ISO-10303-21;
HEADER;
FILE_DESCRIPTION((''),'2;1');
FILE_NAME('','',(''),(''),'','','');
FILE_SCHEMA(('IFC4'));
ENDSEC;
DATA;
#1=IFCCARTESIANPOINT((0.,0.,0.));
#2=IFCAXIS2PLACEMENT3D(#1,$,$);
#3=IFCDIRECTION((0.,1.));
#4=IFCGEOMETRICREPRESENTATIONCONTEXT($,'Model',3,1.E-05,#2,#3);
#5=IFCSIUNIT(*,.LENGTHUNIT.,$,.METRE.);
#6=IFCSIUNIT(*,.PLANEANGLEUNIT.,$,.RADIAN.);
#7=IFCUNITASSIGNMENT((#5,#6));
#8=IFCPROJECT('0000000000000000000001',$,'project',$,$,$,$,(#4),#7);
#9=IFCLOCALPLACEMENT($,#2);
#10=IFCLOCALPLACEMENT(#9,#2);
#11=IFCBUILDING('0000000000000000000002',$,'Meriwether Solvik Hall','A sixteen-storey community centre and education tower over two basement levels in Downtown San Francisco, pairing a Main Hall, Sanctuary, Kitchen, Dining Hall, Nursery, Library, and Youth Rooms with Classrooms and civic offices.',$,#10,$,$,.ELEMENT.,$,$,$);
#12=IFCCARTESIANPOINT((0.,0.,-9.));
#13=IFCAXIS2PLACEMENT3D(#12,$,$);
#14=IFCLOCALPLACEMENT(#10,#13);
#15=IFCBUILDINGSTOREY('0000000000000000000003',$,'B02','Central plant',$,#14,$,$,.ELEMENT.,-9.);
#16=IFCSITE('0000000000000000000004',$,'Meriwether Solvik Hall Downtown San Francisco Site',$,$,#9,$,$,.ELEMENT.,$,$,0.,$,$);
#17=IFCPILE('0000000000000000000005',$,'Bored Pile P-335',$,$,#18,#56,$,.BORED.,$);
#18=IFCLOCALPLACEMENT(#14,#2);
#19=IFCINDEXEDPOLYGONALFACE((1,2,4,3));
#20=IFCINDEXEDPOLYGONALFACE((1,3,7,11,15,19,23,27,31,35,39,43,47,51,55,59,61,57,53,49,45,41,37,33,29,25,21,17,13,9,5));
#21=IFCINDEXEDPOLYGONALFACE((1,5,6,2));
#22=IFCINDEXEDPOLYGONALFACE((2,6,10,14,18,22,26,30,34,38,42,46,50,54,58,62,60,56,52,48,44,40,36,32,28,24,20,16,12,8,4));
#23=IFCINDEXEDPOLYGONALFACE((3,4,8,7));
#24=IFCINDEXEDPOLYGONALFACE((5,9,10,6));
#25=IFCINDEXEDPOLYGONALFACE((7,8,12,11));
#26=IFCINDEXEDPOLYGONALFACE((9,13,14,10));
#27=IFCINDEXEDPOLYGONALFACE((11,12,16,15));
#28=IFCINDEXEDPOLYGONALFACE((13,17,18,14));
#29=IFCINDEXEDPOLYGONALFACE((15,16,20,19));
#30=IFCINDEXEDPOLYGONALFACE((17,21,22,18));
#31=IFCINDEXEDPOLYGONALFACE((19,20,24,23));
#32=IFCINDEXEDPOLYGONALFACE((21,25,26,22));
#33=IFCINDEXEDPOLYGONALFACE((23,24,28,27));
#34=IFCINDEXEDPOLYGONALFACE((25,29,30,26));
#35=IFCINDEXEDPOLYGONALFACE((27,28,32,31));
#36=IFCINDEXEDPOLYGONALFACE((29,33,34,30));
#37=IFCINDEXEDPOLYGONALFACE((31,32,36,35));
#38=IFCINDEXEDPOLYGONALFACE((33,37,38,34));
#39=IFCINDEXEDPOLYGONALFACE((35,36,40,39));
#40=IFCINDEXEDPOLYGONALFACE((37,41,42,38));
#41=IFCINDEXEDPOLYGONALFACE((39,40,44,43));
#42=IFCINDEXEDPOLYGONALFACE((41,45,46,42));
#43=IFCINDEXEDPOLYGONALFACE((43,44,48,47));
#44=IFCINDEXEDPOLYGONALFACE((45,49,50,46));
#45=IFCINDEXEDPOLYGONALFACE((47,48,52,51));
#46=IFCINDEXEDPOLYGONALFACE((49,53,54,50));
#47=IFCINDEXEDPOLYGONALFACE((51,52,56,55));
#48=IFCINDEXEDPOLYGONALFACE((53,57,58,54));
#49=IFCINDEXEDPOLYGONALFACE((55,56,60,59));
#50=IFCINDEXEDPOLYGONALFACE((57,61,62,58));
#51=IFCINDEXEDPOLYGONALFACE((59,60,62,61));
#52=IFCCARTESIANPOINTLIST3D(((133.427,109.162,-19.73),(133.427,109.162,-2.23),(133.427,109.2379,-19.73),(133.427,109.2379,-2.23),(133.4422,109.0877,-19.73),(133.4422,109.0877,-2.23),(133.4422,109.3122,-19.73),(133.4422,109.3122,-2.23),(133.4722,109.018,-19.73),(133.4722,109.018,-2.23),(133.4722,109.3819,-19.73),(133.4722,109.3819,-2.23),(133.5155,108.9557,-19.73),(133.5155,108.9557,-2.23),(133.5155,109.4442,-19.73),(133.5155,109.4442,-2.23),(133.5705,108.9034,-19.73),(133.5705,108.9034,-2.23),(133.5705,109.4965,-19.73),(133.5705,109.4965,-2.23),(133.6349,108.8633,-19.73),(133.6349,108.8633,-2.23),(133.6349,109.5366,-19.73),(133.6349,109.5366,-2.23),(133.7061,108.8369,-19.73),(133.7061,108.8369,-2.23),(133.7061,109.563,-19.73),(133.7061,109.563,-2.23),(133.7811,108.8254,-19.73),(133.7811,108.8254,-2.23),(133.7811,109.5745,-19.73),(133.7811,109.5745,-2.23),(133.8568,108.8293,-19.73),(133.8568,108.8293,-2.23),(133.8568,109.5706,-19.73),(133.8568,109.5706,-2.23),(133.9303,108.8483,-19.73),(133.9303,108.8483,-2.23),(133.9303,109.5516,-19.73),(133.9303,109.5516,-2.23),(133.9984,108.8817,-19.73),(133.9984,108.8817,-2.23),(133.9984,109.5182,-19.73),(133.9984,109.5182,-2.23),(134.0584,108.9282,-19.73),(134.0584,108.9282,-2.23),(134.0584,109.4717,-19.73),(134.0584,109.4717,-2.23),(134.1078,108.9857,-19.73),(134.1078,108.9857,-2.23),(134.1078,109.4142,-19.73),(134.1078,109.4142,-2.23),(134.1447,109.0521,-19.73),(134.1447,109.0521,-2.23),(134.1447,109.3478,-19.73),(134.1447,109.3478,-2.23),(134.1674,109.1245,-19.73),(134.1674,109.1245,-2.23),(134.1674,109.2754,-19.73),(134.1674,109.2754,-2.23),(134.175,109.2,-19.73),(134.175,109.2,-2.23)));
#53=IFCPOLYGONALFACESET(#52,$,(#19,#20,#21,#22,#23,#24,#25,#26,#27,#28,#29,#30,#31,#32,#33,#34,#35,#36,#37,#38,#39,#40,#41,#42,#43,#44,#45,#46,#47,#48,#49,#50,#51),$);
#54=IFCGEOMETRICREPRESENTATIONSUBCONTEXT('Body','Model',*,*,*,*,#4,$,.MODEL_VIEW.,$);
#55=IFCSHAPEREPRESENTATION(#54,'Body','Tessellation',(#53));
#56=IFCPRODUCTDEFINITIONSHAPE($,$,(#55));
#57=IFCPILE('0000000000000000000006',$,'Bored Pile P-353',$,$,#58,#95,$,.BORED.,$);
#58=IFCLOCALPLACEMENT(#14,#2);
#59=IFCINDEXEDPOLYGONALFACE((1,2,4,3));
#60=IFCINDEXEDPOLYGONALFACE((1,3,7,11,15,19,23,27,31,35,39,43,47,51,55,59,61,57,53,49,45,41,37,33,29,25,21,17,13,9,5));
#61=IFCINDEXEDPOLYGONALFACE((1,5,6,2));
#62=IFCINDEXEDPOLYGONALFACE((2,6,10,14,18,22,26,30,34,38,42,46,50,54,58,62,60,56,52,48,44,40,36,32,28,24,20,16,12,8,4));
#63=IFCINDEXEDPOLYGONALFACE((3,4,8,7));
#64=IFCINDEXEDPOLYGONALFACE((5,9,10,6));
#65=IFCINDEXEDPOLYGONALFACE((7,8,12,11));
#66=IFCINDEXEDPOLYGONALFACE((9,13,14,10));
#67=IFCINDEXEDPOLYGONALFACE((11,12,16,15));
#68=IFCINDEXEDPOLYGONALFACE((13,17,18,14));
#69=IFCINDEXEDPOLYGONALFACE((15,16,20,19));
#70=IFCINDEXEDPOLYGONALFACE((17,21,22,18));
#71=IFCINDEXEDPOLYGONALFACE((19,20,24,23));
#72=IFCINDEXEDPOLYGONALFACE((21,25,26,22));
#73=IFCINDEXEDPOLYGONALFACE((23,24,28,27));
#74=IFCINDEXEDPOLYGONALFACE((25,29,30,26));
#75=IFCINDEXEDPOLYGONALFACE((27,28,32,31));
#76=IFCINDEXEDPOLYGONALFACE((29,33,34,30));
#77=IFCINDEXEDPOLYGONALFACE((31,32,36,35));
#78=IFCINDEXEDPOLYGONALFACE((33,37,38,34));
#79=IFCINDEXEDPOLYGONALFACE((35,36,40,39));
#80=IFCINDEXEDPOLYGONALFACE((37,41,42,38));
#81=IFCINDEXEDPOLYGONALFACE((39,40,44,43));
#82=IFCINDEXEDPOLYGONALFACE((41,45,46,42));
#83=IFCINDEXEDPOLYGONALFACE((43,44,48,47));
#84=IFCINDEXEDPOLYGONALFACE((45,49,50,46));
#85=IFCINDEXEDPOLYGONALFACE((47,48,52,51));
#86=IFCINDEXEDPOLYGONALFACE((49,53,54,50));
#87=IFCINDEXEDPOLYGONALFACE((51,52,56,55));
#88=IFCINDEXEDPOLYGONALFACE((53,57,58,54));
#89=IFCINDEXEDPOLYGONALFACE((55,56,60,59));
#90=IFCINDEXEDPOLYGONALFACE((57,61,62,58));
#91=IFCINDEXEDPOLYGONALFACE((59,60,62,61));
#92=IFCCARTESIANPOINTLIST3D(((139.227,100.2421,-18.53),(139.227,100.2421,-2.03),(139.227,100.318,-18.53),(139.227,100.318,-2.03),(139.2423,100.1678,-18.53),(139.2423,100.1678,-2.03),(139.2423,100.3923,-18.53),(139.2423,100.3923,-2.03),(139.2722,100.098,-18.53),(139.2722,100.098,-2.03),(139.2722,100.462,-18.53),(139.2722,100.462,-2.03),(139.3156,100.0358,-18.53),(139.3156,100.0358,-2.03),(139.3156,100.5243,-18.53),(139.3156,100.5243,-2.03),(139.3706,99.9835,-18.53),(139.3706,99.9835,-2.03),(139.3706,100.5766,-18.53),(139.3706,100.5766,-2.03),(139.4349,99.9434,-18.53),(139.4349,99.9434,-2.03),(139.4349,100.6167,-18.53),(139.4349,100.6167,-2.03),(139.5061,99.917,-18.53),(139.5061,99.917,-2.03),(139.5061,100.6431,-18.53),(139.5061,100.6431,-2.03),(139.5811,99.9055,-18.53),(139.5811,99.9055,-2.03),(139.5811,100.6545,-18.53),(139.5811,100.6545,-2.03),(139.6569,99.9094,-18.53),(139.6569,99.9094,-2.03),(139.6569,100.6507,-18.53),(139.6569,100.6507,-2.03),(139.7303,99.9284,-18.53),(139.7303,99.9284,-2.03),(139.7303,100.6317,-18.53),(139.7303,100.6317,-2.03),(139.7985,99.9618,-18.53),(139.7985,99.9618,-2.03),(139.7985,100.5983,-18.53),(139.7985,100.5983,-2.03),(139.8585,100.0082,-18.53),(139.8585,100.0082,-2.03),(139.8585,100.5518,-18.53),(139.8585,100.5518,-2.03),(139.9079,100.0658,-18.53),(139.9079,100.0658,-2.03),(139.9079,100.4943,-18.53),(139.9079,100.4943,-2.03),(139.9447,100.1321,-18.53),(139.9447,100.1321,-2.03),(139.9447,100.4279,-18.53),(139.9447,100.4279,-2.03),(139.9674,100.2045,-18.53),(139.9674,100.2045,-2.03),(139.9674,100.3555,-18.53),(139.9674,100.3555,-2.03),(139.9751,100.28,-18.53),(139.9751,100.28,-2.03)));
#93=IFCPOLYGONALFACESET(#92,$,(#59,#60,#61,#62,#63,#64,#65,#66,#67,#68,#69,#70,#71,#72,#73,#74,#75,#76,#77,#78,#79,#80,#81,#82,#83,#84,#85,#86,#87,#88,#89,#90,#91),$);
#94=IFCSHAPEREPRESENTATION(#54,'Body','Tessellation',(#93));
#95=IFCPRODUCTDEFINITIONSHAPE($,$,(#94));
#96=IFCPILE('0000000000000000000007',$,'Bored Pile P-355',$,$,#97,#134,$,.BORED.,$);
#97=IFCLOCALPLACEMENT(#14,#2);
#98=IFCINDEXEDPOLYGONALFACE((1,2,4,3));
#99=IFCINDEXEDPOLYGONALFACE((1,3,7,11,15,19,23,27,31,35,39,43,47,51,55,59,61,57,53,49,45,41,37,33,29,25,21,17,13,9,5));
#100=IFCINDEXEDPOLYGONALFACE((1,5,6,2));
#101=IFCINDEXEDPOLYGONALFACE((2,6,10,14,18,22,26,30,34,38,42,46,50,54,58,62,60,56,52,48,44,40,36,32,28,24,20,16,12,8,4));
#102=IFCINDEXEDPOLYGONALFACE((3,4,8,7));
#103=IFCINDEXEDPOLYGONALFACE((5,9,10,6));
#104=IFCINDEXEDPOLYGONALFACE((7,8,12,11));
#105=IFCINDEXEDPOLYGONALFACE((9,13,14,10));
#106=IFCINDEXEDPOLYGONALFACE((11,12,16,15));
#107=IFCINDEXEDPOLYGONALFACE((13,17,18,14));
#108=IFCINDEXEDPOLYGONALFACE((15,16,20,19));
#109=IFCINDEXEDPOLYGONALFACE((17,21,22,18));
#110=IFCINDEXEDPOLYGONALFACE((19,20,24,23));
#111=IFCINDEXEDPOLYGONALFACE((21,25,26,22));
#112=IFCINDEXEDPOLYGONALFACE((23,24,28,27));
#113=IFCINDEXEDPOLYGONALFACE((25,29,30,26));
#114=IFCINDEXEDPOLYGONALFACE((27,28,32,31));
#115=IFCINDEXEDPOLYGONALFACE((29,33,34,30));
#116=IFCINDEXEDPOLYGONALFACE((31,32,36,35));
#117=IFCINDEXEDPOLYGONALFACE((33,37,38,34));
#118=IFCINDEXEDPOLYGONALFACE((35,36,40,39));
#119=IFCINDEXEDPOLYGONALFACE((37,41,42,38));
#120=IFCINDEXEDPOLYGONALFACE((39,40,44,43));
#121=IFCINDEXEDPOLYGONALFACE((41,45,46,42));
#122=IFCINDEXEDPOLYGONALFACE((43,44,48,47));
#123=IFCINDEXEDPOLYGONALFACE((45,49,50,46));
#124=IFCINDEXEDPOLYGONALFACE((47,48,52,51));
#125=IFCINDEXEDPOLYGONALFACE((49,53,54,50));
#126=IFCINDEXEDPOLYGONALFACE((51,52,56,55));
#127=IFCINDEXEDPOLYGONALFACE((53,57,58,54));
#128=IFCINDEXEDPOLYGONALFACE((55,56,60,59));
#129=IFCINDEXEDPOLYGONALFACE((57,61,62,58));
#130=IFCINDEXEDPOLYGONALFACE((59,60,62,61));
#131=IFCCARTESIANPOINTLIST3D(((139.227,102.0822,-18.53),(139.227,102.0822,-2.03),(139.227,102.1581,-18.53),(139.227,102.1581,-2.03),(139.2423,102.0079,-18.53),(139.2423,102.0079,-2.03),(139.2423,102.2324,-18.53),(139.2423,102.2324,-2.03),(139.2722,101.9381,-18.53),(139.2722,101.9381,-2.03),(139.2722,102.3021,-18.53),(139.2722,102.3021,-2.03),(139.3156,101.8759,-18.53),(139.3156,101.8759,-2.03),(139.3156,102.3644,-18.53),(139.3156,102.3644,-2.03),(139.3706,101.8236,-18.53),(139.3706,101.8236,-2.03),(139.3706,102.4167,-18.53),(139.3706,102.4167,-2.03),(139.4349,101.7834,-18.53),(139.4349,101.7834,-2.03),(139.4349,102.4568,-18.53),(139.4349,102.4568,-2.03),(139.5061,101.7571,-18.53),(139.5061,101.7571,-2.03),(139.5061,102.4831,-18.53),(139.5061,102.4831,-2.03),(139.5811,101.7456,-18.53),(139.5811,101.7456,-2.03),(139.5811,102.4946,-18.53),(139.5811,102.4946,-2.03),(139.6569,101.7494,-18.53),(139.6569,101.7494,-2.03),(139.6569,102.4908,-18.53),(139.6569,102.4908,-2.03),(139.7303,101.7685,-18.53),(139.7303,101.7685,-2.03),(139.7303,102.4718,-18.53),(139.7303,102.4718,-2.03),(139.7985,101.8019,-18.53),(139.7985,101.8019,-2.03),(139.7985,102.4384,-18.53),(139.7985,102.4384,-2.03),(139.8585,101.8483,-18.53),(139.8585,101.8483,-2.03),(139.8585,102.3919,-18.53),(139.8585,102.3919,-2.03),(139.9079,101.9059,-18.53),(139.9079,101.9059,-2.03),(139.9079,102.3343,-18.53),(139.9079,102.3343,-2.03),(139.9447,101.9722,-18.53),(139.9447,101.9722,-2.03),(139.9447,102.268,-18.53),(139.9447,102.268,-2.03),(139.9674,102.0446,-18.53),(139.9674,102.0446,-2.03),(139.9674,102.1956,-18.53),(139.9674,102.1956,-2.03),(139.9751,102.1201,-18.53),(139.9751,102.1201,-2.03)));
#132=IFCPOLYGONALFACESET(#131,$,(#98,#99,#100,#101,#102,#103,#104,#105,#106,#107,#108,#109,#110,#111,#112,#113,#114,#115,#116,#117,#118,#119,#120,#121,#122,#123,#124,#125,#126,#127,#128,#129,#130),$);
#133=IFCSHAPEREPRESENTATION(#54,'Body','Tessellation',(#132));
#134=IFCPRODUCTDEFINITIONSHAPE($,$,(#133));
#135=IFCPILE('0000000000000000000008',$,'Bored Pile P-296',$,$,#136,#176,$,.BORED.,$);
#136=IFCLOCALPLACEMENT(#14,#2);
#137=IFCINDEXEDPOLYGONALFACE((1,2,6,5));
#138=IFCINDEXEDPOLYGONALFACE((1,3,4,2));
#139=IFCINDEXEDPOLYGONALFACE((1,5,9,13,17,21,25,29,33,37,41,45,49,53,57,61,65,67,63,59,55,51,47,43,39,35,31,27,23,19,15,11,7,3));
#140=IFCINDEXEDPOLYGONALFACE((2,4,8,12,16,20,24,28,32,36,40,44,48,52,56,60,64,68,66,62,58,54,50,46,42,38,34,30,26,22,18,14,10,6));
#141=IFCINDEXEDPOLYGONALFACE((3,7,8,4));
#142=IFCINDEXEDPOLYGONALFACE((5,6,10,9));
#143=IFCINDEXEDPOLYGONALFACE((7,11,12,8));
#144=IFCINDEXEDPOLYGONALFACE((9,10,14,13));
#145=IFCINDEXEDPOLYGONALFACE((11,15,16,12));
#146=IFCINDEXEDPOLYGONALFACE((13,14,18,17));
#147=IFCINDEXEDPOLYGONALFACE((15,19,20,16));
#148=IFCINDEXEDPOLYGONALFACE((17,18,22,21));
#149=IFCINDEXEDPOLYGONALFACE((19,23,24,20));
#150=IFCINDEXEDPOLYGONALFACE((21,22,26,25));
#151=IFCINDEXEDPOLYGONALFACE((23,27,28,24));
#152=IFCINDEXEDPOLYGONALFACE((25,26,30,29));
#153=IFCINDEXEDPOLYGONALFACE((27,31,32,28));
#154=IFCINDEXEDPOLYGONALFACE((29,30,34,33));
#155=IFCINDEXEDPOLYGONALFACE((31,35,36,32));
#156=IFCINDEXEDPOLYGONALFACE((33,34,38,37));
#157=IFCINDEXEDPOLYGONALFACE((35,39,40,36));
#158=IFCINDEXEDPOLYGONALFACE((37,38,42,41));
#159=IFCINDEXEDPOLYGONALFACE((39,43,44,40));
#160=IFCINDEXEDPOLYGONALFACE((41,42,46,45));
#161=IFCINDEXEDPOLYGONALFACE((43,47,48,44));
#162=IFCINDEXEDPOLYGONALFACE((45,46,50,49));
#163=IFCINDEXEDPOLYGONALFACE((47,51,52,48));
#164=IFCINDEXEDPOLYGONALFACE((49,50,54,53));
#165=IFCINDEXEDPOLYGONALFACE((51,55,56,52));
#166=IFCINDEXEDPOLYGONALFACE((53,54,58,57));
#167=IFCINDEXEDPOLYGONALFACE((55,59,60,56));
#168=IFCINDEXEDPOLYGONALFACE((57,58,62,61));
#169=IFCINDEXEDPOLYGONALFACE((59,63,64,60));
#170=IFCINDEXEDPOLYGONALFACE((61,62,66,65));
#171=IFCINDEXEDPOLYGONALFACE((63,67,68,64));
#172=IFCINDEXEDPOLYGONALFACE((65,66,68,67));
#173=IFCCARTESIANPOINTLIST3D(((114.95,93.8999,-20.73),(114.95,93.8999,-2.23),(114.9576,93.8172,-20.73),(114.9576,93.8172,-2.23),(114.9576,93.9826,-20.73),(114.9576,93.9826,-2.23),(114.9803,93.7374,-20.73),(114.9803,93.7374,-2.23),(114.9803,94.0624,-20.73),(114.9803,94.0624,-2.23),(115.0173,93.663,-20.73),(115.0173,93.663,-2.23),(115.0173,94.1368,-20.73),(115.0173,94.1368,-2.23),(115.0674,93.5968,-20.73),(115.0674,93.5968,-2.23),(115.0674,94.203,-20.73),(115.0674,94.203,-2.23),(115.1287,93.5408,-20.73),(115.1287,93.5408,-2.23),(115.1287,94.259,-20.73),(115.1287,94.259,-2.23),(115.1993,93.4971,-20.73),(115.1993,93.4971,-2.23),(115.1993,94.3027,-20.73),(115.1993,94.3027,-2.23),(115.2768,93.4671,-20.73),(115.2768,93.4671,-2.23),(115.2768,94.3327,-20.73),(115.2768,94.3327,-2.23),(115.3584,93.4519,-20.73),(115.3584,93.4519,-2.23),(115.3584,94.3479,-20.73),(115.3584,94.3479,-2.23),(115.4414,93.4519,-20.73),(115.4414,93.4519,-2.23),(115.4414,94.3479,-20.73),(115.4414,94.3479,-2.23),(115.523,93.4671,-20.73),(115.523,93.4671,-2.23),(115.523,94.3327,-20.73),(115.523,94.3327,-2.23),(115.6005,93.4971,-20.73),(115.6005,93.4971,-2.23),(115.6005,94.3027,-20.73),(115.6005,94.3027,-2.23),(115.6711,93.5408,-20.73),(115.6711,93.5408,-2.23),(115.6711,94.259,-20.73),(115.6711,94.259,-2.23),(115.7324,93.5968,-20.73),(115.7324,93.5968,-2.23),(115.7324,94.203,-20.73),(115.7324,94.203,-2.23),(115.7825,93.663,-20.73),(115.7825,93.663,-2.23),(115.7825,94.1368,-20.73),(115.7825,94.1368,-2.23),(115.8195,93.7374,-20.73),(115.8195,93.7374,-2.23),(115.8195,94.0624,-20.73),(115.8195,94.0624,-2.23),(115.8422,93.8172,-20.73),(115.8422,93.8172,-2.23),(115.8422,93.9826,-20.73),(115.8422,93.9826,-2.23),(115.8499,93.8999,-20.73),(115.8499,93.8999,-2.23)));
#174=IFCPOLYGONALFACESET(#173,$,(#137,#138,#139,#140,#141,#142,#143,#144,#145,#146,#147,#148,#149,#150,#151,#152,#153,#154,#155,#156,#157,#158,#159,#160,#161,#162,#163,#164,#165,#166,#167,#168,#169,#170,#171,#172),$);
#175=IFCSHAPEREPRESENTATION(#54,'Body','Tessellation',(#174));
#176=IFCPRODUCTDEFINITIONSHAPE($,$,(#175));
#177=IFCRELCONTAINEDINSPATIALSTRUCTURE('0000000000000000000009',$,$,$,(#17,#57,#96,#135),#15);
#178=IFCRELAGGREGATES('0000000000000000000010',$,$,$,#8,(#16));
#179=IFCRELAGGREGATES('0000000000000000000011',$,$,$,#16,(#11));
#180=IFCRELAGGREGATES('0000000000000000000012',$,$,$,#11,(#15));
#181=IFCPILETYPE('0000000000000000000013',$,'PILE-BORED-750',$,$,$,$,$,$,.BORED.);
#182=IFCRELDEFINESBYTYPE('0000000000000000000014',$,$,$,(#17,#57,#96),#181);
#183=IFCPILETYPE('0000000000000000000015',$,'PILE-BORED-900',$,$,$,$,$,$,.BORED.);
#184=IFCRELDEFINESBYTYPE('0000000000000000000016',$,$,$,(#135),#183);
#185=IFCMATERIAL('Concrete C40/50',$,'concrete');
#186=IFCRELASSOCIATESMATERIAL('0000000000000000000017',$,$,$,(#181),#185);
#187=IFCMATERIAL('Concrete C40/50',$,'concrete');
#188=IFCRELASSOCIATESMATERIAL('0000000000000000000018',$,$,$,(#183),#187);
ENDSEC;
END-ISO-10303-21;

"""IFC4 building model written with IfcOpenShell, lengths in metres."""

from ifc_helpers import new_model, si_unit, direction, frame, origin, origin_2d, place, context, subcontext, project, spatial, circle, extrude, material, material_profile, profile_set, type_object, element, save


model = new_model("IFC4")

# Units and contexts
model_context = context("Model", 3, precision=1e-05, world=origin(), true_north=direction((0.0, 1.0)))
body_context = subcontext(model_context, "Body", "Model", "MODEL_VIEW")
ifc_project = project(units=[si_unit("LENGTHUNIT", "METRE"), si_unit("PLANEANGLEUNIT", "RADIAN")], contexts=[model_context])

# Site, building, storey
site_placement = place(None, origin())
site = spatial("IfcSite", under=ifc_project, at=site_placement, Name="Meriwether Solvik Hall Downtown San Francisco Site", CompositionType="ELEMENT", RefElevation=0.0)
building_placement = place(site_placement, origin())
building = spatial("IfcBuilding", under=site, at=building_placement, Name="Meriwether Solvik Hall", Description="A sixteen-storey community centre and education tower over two basement levels in Downtown San Francisco, pairing a Main Hall, Sanctuary, Kitchen, Dining Hall, Nursery, Library, and Youth Rooms with Classrooms and civic offices.", CompositionType="ELEMENT")
storey_placement = place(building_placement, frame((0.0, 0.0, -9.0)))
storey = spatial("IfcBuildingStorey", under=building, at=storey_placement, Name="B02", Description="Central plant", CompositionType="ELEMENT", Elevation=-9.0)

# Piles
ifc_material_1 = material(Name="Concrete C40/50", Category="concrete")
ifc_material_profile_1 = material_profile(ifc_material_1, circle(Radius=0.375, at=origin_2d()), Name="PILE-D750")
ifc_profile_set_1 = profile_set([ifc_material_profile_1], Name="Concrete C40/50")
pile_type_1 = type_object("IfcPileType", Name="PILE-BORED-750", PredefinedType="BORED", material=ifc_profile_set_1)
for number, where, z_axis, x_axis, name in (
    (1, (133.8, 109.2, -2.23), (0.0, 0.0, -1.0), (1.0, 0.0, 0.0), "Bored Pile P-335"),
):
    element("IfcPile", number, at=place(storey_placement, frame(where, z_axis=z_axis, x_axis=x_axis)), inside=storey, type_object=pile_type_1, Name=name, PredefinedType="BORED", context=body_context, shape_type="SweptSolid", body=[
        extrude(circle(Radius=0.375, at=origin_2d()), origin(), (0.0, 0.0, 1.0), 17.5),
    ])
for number, where, z_axis, x_axis, name in (
    (2, (139.6001, 100.28, -2.03), (0.0, 0.0, -1.0), (1.0, 0.0, 0.0), "Bored Pile P-353"),
    (3, (139.6001, 102.1201, -2.03), (0.0, 0.0, -1.0), (1.0, 0.0, 0.0), "Bored Pile P-355"),
):
    element("IfcPile", number, at=place(storey_placement, frame(where, z_axis=z_axis, x_axis=x_axis)), inside=storey, type_object=pile_type_1, Name=name, PredefinedType="BORED", context=body_context, shape_type="SweptSolid", body=[
        extrude(circle(Radius=0.375, at=origin_2d()), origin(), (0.0, 0.0, 1.0), 16.5),
    ])
ifc_material_2 = material(Name="Concrete C40/50", Category="concrete")
ifc_material_profile_2 = material_profile(ifc_material_2, circle(Radius=0.45, at=origin_2d()), Name="PILE-D900")
ifc_profile_set_2 = profile_set([ifc_material_profile_2], Name="Concrete C40/50")
pile_type_2 = type_object("IfcPileType", Name="PILE-BORED-900", PredefinedType="BORED", material=ifc_profile_set_2)
pile_1_placement = place(storey_placement, frame((115.3999, 93.8999, -2.23), z_axis=(0.0, 0.0, -1.0), x_axis=(1.0, 0.0, 0.0)))
element("IfcPile", 4, at=pile_1_placement, inside=storey, type_object=pile_type_2, Name="Bored Pile P-296", PredefinedType="BORED", context=body_context, shape_type="SweptSolid", body=[
    extrude(circle(Radius=0.45, at=origin_2d()), origin(), (0.0, 0.0, 1.0), 18.5),
])

save(model, "model.ifc")
